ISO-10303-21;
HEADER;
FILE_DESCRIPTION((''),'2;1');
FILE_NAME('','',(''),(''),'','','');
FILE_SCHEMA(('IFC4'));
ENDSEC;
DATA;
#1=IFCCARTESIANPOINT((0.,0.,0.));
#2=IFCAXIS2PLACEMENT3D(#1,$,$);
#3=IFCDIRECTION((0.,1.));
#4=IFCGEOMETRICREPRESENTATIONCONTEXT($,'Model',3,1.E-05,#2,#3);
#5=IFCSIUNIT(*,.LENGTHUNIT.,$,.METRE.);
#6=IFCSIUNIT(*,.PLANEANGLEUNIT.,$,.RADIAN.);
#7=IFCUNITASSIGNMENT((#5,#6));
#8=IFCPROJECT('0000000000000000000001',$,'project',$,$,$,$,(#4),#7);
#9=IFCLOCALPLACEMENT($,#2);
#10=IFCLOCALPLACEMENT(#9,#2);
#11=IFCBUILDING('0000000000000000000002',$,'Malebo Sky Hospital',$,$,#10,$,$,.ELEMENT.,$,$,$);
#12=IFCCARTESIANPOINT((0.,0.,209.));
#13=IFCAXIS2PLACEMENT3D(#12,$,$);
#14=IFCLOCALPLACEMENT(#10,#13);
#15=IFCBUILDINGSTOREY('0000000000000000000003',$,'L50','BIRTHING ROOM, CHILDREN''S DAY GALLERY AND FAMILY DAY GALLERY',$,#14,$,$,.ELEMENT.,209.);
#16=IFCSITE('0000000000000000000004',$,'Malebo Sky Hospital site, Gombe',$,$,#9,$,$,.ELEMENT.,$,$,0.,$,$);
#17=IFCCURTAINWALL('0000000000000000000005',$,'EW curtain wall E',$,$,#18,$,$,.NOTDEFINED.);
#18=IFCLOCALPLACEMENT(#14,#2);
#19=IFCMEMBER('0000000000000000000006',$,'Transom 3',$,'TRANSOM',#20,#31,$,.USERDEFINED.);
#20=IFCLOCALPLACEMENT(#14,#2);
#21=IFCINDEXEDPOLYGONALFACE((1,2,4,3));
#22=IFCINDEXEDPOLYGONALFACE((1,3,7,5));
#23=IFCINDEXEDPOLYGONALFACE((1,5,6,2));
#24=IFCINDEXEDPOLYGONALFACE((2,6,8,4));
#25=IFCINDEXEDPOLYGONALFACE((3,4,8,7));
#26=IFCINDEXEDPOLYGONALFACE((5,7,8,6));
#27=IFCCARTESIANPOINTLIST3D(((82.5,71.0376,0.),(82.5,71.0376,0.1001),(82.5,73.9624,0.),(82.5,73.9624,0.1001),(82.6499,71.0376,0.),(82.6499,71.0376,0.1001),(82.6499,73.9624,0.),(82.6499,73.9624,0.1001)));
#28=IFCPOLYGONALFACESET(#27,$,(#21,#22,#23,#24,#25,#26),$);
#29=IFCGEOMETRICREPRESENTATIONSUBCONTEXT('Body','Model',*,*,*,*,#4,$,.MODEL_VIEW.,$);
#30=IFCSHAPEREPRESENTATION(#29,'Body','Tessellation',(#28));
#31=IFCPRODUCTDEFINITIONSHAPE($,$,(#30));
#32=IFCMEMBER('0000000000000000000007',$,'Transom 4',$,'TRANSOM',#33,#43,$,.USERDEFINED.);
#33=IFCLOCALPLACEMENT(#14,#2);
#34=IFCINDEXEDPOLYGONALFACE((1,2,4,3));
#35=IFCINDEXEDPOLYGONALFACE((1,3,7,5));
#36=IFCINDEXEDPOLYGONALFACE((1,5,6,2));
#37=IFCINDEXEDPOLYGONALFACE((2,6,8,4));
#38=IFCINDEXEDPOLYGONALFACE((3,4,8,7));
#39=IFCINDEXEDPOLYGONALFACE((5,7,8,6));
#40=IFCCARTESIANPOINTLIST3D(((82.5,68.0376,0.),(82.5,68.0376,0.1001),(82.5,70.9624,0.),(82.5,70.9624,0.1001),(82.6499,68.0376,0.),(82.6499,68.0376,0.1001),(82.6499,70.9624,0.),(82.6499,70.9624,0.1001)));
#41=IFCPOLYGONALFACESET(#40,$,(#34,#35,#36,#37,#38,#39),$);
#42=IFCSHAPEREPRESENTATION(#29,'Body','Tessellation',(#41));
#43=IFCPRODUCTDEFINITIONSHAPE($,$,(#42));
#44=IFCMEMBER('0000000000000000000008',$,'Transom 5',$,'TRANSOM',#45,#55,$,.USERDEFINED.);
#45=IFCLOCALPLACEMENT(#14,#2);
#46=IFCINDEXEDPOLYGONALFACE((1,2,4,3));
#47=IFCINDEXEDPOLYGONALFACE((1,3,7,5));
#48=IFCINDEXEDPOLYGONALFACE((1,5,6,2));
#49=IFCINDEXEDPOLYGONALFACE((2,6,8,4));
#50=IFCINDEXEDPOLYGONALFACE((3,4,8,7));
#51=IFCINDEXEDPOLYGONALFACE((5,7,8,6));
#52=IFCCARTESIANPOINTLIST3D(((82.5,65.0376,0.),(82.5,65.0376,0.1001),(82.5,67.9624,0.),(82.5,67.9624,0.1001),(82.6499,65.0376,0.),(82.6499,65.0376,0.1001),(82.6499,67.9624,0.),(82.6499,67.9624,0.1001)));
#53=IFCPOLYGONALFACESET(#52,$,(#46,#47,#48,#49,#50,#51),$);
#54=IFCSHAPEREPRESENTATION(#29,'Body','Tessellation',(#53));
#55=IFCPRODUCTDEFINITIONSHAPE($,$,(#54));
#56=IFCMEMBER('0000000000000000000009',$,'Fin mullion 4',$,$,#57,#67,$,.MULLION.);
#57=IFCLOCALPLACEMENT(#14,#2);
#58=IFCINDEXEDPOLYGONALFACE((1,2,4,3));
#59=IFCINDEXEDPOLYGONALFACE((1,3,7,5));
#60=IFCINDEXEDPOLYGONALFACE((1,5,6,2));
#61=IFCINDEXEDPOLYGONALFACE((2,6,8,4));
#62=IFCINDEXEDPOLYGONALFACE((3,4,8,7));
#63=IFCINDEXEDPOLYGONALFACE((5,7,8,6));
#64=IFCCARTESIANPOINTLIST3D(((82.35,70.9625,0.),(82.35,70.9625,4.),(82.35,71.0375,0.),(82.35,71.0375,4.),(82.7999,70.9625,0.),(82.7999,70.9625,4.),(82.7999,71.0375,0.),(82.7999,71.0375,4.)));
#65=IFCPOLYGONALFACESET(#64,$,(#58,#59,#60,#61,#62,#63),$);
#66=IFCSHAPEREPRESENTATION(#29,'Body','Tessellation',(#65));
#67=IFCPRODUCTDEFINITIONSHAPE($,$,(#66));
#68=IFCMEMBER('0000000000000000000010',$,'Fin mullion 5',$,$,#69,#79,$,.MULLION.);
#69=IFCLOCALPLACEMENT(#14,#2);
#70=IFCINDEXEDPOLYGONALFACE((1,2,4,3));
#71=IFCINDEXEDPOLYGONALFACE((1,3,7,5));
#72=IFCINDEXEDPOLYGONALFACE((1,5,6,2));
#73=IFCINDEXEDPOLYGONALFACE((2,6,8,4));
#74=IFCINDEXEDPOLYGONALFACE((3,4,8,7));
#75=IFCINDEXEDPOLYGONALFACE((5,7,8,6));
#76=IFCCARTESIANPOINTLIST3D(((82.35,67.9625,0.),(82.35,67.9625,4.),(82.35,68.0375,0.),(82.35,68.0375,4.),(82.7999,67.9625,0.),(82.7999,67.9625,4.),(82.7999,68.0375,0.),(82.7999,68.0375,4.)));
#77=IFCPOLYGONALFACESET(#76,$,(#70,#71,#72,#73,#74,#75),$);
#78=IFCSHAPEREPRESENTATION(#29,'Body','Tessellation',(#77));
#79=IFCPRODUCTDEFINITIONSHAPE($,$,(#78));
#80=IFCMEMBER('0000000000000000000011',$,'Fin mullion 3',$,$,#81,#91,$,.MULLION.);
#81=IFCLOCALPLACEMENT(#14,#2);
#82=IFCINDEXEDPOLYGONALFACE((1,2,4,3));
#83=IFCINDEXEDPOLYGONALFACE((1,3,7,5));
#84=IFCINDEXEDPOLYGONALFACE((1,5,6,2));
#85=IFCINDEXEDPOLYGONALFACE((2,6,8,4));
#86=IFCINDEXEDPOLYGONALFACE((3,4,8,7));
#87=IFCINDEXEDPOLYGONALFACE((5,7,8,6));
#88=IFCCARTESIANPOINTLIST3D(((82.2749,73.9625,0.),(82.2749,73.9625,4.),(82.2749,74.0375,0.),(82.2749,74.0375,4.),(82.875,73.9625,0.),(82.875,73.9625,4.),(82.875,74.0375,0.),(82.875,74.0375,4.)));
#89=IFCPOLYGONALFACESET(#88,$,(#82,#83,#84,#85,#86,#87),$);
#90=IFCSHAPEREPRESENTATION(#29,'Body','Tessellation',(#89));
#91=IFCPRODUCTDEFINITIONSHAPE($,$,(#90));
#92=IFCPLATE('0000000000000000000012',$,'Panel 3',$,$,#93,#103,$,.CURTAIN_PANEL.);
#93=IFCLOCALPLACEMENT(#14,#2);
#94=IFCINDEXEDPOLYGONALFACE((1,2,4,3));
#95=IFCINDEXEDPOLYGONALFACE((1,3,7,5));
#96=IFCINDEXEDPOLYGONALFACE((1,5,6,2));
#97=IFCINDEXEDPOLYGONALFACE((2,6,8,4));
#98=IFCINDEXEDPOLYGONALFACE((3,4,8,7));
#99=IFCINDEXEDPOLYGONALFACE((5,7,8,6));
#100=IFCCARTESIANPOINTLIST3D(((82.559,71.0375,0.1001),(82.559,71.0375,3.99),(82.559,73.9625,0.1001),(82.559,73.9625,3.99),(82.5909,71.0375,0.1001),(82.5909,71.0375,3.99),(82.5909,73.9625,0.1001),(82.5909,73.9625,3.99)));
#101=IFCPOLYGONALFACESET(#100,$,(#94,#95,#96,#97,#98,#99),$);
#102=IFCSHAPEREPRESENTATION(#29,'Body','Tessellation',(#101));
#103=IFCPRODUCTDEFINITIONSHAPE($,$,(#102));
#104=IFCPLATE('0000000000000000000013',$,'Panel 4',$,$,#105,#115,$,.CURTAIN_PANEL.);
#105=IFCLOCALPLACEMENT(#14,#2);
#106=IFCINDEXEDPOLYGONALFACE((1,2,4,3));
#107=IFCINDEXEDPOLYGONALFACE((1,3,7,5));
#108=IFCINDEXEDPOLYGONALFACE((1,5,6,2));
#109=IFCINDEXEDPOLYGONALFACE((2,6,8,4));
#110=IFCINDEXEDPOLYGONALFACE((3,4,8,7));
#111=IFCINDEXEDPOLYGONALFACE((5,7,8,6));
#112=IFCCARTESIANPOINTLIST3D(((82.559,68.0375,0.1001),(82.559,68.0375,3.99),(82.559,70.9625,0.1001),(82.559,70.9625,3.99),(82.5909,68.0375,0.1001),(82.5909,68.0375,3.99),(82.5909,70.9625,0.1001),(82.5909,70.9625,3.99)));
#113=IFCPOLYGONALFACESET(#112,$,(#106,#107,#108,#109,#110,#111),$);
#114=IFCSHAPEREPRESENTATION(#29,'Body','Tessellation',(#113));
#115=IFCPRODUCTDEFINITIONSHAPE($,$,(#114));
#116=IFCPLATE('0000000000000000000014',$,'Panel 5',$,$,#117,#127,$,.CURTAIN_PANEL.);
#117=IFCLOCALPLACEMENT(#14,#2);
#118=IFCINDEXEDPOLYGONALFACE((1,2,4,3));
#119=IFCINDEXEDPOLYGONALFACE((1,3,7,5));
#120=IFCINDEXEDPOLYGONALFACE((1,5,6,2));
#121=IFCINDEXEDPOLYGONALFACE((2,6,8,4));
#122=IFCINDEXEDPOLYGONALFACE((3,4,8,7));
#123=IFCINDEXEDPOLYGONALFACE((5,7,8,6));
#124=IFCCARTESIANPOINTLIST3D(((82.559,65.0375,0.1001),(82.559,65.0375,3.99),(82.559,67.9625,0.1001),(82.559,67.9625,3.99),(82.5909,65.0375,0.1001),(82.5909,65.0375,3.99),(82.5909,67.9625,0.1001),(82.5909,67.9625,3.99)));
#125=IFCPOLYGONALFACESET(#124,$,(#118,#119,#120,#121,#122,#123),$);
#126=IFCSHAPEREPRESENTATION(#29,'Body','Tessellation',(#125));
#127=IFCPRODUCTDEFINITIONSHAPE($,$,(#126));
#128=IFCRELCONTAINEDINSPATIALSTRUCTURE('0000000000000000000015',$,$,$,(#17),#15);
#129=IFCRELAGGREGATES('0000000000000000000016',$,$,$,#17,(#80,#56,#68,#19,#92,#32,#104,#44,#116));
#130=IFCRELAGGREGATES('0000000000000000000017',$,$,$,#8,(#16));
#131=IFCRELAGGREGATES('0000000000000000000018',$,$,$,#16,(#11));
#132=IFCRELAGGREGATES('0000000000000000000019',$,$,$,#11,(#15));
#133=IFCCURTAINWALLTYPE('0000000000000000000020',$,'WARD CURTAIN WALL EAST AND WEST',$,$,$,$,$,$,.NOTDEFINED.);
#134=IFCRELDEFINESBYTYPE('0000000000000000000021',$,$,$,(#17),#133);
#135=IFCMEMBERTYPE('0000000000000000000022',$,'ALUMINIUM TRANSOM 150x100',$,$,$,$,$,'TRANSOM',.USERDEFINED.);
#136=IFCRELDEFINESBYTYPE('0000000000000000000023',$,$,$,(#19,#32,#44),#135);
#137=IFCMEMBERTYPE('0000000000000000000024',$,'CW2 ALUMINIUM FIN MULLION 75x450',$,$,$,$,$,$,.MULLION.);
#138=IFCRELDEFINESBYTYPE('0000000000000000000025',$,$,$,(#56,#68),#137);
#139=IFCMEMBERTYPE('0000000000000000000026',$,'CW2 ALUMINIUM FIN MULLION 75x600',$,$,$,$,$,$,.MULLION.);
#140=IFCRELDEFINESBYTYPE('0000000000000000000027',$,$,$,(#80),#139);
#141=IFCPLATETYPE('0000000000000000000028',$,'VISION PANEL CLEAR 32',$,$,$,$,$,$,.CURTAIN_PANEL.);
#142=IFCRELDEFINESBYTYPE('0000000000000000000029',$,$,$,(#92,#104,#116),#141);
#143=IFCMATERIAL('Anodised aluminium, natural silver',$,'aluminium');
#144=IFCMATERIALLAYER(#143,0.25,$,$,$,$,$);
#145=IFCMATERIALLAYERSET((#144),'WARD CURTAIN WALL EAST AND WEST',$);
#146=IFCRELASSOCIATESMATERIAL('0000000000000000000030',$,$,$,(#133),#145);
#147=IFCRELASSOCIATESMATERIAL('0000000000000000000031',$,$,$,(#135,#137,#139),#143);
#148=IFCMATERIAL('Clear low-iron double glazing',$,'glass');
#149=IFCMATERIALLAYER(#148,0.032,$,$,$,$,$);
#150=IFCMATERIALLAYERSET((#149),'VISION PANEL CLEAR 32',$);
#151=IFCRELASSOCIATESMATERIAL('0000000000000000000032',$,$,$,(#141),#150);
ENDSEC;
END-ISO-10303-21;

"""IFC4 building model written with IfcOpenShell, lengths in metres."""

from ifc_helpers import new_model, si_unit, direction, frame, origin, origin_2d, place, context, subcontext, project, spatial, rectangle, extrude, material, layer, layer_set, material_profile, profile_set, type_object, element, aggregate, save


model = new_model("IFC4")

# Units and contexts
model_context = context("Model", 3, precision=1e-05, world=origin(), true_north=direction((0.0, 1.0)))
body_context = subcontext(model_context, "Body", "Model", "MODEL_VIEW")
ifc_project = project(units=[si_unit("LENGTHUNIT", "METRE"), si_unit("PLANEANGLEUNIT", "RADIAN")], contexts=[model_context])

# Site, building, storey
site_placement = place(None, origin())
site = spatial("IfcSite", under=ifc_project, at=site_placement, Name="Malebo Sky Hospital site, Gombe", CompositionType="ELEMENT", RefElevation=0.0)
building_placement = place(site_placement, origin())
building = spatial("IfcBuilding", under=site, at=building_placement, Name="Malebo Sky Hospital", CompositionType="ELEMENT")
storey_placement = place(building_placement, frame((0.0, 0.0, 209.0)))
storey = spatial("IfcBuildingStorey", under=building, at=storey_placement, Name="L50", Description="BIRTHING ROOM, CHILDREN'S DAY GALLERY AND FAMILY DAY GALLERY", CompositionType="ELEMENT", Elevation=209.0)

# Curtain wall, members, plates
ifc_material_1 = material(Name="Anodised aluminium, natural silver", Category="aluminium")
ifc_layer_1 = layer(ifc_material_1, 0.25)
ifc_layer_set_1 = layer_set([ifc_layer_1], Name="WARD CURTAIN WALL EAST AND WEST")
curtain_wall_type = type_object("IfcCurtainWallType", Name="WARD CURTAIN WALL EAST AND WEST", PredefinedType="NOTDEFINED", material=ifc_layer_set_1)
curtain_wall_placement = place(storey_placement, origin())
curtain_wall = element("IfcCurtainWall", 1, at=curtain_wall_placement, inside=storey, type_object=curtain_wall_type, Name="EW curtain wall E", PredefinedType="NOTDEFINED")
ifc_material_profile_1 = material_profile(ifc_material_1, rectangle(XDim=0.1499, YDim=0.1001, at=origin_2d()), Name="ALUMINIUM TRANSOM 150x100")
ifc_profile_set_1 = profile_set([ifc_material_profile_1], Name="Anodised aluminium, natural silver")
member_type_1 = type_object("IfcMemberType", Name="ALUMINIUM TRANSOM 150x100", ElementType="TRANSOM", PredefinedType="USERDEFINED", material=ifc_profile_set_1)
member_1_placement = place(storey_placement, frame((82.575, 73.9624, 0.05), z_axis=(0.0, -1.0, 0.0), x_axis=(1.0, 0.0, 0.0)))
member_1 = element("IfcMember", 2, at=member_1_placement, type_object=member_type_1, Name="Transom 3", ObjectType="TRANSOM", PredefinedType="USERDEFINED", context=body_context, shape_type="SweptSolid", body=[
    extrude(rectangle(XDim=0.1499, YDim=0.1001, at=origin_2d()), origin(), (0.0, 0.0, 1.0), 2.9248),
])
member_2_placement = place(storey_placement, frame((82.575, 70.9624, 0.05), z_axis=(0.0, -1.0, 0.0), x_axis=(1.0, 0.0, 0.0)))
member_2 = element("IfcMember", 3, at=member_2_placement, type_object=member_type_1, Name="Transom 4", ObjectType="TRANSOM", PredefinedType="USERDEFINED", context=body_context, shape_type="SweptSolid", body=[
    extrude(rectangle(XDim=0.1499, YDim=0.1001, at=origin_2d()), origin(), (0.0, 0.0, 1.0), 2.9248),
])
member_3_placement = place(storey_placement, frame((82.575, 67.9624, 0.05), z_axis=(0.0, -1.0, 0.0), x_axis=(1.0, 0.0, 0.0)))
member_3 = element("IfcMember", 4, at=member_3_placement, type_object=member_type_1, Name="Transom 5", ObjectType="TRANSOM", PredefinedType="USERDEFINED", context=body_context, shape_type="SweptSolid", body=[
    extrude(rectangle(XDim=0.1499, YDim=0.1001, at=origin_2d()), origin(), (0.0, 0.0, 1.0), 2.9248),
])
ifc_material_profile_2 = material_profile(ifc_material_1, rectangle(XDim=0.075, YDim=0.45, at=origin_2d()), Name="CW2 ALUMINIUM FIN MULLION 75x450")
ifc_profile_set_2 = profile_set([ifc_material_profile_2], Name="Anodised aluminium, natural silver")
member_type_2 = type_object("IfcMemberType", Name="CW2 ALUMINIUM FIN MULLION 75x450", PredefinedType="MULLION", material=ifc_profile_set_2)
member_4_placement = place(storey_placement, frame((82.575, 71.0, 0.0), z_axis=(0.0, 0.0, 1.0), x_axis=(0.0, -1.0, 0.0)))
member_4 = element("IfcMember", 5, at=member_4_placement, type_object=member_type_2, Name="Fin mullion 4", PredefinedType="MULLION", context=body_context, shape_type="SweptSolid", body=[
    extrude(rectangle(XDim=0.075, YDim=0.45, at=origin_2d()), origin(), (0.0, 0.0, 1.0), 4.0),
])
member_5_placement = place(storey_placement, frame((82.575, 68.0, 0.0), z_axis=(0.0, 0.0, 1.0), x_axis=(0.0, -1.0, 0.0)))
member_5 = element("IfcMember", 6, at=member_5_placement, type_object=member_type_2, Name="Fin mullion 5", PredefinedType="MULLION", context=body_context, shape_type="SweptSolid", body=[
    extrude(rectangle(XDim=0.075, YDim=0.45, at=origin_2d()), origin(), (0.0, 0.0, 1.0), 4.0),
])
ifc_material_profile_3 = material_profile(ifc_material_1, rectangle(XDim=0.075, YDim=0.6001, at=origin_2d()), Name="CW2 ALUMINIUM FIN MULLION 75x600")
ifc_profile_set_3 = profile_set([ifc_material_profile_3], Name="Anodised aluminium, natural silver")
member_type_3 = type_object("IfcMemberType", Name="CW2 ALUMINIUM FIN MULLION 75x600", PredefinedType="MULLION", material=ifc_profile_set_3)
member_6_placement = place(storey_placement, frame((82.575, 74.0, 0.0), z_axis=(0.0, 0.0, 1.0), x_axis=(0.0, -1.0, 0.0)))
member_6 = element("IfcMember", 7, at=member_6_placement, type_object=member_type_3, Name="Fin mullion 3", PredefinedType="MULLION", context=body_context, shape_type="SweptSolid", body=[
    extrude(rectangle(XDim=0.075, YDim=0.6001, at=origin_2d()), origin(), (0.0, 0.0, 1.0), 4.0),
])
ifc_material_2 = material(Name="Clear low-iron double glazing", Category="glass")
ifc_layer_2 = layer(ifc_material_2, 0.032)
ifc_layer_set_2 = layer_set([ifc_layer_2], Name="VISION PANEL CLEAR 32")
plate_type = type_object("IfcPlateType", Name="VISION PANEL CLEAR 32", PredefinedType="CURTAIN_PANEL", material=ifc_layer_set_2)
plate_1_placement = place(storey_placement, frame((82.575, 72.5, 0.1001), z_axis=(0.0, 0.0, 1.0), x_axis=(0.0, -1.0, 0.0)))
plate_1 = element("IfcPlate", 8, at=plate_1_placement, type_object=plate_type, Name="Panel 3", PredefinedType="CURTAIN_PANEL", context=body_context, shape_type="SweptSolid", body=[
    extrude(rectangle(XDim=2.925, YDim=0.032, at=origin_2d()), origin(), (0.0, 0.0, 1.0), 3.8899),
])
plate_2_placement = place(storey_placement, frame((82.575, 69.5, 0.1001), z_axis=(0.0, 0.0, 1.0), x_axis=(0.0, -1.0, 0.0)))
plate_2 = element("IfcPlate", 9, at=plate_2_placement, type_object=plate_type, Name="Panel 4", PredefinedType="CURTAIN_PANEL", context=body_context, shape_type="SweptSolid", body=[
    extrude(rectangle(XDim=2.925, YDim=0.032, at=origin_2d()), origin(), (0.0, 0.0, 1.0), 3.8899),
])
plate_3_placement = place(storey_placement, frame((82.575, 66.5, 0.1001), z_axis=(0.0, 0.0, 1.0), x_axis=(0.0, -1.0, 0.0)))
plate_3 = element("IfcPlate", 10, at=plate_3_placement, type_object=plate_type, Name="Panel 5", PredefinedType="CURTAIN_PANEL", context=body_context, shape_type="SweptSolid", body=[
    extrude(rectangle(XDim=2.925, YDim=0.032, at=origin_2d()), origin(), (0.0, 0.0, 1.0), 3.8899),
])
aggregate(curtain_wall, [member_6, member_4, member_5, member_1, plate_1, member_2, plate_2, member_3, plate_3])

save(model, "model.ifc")
